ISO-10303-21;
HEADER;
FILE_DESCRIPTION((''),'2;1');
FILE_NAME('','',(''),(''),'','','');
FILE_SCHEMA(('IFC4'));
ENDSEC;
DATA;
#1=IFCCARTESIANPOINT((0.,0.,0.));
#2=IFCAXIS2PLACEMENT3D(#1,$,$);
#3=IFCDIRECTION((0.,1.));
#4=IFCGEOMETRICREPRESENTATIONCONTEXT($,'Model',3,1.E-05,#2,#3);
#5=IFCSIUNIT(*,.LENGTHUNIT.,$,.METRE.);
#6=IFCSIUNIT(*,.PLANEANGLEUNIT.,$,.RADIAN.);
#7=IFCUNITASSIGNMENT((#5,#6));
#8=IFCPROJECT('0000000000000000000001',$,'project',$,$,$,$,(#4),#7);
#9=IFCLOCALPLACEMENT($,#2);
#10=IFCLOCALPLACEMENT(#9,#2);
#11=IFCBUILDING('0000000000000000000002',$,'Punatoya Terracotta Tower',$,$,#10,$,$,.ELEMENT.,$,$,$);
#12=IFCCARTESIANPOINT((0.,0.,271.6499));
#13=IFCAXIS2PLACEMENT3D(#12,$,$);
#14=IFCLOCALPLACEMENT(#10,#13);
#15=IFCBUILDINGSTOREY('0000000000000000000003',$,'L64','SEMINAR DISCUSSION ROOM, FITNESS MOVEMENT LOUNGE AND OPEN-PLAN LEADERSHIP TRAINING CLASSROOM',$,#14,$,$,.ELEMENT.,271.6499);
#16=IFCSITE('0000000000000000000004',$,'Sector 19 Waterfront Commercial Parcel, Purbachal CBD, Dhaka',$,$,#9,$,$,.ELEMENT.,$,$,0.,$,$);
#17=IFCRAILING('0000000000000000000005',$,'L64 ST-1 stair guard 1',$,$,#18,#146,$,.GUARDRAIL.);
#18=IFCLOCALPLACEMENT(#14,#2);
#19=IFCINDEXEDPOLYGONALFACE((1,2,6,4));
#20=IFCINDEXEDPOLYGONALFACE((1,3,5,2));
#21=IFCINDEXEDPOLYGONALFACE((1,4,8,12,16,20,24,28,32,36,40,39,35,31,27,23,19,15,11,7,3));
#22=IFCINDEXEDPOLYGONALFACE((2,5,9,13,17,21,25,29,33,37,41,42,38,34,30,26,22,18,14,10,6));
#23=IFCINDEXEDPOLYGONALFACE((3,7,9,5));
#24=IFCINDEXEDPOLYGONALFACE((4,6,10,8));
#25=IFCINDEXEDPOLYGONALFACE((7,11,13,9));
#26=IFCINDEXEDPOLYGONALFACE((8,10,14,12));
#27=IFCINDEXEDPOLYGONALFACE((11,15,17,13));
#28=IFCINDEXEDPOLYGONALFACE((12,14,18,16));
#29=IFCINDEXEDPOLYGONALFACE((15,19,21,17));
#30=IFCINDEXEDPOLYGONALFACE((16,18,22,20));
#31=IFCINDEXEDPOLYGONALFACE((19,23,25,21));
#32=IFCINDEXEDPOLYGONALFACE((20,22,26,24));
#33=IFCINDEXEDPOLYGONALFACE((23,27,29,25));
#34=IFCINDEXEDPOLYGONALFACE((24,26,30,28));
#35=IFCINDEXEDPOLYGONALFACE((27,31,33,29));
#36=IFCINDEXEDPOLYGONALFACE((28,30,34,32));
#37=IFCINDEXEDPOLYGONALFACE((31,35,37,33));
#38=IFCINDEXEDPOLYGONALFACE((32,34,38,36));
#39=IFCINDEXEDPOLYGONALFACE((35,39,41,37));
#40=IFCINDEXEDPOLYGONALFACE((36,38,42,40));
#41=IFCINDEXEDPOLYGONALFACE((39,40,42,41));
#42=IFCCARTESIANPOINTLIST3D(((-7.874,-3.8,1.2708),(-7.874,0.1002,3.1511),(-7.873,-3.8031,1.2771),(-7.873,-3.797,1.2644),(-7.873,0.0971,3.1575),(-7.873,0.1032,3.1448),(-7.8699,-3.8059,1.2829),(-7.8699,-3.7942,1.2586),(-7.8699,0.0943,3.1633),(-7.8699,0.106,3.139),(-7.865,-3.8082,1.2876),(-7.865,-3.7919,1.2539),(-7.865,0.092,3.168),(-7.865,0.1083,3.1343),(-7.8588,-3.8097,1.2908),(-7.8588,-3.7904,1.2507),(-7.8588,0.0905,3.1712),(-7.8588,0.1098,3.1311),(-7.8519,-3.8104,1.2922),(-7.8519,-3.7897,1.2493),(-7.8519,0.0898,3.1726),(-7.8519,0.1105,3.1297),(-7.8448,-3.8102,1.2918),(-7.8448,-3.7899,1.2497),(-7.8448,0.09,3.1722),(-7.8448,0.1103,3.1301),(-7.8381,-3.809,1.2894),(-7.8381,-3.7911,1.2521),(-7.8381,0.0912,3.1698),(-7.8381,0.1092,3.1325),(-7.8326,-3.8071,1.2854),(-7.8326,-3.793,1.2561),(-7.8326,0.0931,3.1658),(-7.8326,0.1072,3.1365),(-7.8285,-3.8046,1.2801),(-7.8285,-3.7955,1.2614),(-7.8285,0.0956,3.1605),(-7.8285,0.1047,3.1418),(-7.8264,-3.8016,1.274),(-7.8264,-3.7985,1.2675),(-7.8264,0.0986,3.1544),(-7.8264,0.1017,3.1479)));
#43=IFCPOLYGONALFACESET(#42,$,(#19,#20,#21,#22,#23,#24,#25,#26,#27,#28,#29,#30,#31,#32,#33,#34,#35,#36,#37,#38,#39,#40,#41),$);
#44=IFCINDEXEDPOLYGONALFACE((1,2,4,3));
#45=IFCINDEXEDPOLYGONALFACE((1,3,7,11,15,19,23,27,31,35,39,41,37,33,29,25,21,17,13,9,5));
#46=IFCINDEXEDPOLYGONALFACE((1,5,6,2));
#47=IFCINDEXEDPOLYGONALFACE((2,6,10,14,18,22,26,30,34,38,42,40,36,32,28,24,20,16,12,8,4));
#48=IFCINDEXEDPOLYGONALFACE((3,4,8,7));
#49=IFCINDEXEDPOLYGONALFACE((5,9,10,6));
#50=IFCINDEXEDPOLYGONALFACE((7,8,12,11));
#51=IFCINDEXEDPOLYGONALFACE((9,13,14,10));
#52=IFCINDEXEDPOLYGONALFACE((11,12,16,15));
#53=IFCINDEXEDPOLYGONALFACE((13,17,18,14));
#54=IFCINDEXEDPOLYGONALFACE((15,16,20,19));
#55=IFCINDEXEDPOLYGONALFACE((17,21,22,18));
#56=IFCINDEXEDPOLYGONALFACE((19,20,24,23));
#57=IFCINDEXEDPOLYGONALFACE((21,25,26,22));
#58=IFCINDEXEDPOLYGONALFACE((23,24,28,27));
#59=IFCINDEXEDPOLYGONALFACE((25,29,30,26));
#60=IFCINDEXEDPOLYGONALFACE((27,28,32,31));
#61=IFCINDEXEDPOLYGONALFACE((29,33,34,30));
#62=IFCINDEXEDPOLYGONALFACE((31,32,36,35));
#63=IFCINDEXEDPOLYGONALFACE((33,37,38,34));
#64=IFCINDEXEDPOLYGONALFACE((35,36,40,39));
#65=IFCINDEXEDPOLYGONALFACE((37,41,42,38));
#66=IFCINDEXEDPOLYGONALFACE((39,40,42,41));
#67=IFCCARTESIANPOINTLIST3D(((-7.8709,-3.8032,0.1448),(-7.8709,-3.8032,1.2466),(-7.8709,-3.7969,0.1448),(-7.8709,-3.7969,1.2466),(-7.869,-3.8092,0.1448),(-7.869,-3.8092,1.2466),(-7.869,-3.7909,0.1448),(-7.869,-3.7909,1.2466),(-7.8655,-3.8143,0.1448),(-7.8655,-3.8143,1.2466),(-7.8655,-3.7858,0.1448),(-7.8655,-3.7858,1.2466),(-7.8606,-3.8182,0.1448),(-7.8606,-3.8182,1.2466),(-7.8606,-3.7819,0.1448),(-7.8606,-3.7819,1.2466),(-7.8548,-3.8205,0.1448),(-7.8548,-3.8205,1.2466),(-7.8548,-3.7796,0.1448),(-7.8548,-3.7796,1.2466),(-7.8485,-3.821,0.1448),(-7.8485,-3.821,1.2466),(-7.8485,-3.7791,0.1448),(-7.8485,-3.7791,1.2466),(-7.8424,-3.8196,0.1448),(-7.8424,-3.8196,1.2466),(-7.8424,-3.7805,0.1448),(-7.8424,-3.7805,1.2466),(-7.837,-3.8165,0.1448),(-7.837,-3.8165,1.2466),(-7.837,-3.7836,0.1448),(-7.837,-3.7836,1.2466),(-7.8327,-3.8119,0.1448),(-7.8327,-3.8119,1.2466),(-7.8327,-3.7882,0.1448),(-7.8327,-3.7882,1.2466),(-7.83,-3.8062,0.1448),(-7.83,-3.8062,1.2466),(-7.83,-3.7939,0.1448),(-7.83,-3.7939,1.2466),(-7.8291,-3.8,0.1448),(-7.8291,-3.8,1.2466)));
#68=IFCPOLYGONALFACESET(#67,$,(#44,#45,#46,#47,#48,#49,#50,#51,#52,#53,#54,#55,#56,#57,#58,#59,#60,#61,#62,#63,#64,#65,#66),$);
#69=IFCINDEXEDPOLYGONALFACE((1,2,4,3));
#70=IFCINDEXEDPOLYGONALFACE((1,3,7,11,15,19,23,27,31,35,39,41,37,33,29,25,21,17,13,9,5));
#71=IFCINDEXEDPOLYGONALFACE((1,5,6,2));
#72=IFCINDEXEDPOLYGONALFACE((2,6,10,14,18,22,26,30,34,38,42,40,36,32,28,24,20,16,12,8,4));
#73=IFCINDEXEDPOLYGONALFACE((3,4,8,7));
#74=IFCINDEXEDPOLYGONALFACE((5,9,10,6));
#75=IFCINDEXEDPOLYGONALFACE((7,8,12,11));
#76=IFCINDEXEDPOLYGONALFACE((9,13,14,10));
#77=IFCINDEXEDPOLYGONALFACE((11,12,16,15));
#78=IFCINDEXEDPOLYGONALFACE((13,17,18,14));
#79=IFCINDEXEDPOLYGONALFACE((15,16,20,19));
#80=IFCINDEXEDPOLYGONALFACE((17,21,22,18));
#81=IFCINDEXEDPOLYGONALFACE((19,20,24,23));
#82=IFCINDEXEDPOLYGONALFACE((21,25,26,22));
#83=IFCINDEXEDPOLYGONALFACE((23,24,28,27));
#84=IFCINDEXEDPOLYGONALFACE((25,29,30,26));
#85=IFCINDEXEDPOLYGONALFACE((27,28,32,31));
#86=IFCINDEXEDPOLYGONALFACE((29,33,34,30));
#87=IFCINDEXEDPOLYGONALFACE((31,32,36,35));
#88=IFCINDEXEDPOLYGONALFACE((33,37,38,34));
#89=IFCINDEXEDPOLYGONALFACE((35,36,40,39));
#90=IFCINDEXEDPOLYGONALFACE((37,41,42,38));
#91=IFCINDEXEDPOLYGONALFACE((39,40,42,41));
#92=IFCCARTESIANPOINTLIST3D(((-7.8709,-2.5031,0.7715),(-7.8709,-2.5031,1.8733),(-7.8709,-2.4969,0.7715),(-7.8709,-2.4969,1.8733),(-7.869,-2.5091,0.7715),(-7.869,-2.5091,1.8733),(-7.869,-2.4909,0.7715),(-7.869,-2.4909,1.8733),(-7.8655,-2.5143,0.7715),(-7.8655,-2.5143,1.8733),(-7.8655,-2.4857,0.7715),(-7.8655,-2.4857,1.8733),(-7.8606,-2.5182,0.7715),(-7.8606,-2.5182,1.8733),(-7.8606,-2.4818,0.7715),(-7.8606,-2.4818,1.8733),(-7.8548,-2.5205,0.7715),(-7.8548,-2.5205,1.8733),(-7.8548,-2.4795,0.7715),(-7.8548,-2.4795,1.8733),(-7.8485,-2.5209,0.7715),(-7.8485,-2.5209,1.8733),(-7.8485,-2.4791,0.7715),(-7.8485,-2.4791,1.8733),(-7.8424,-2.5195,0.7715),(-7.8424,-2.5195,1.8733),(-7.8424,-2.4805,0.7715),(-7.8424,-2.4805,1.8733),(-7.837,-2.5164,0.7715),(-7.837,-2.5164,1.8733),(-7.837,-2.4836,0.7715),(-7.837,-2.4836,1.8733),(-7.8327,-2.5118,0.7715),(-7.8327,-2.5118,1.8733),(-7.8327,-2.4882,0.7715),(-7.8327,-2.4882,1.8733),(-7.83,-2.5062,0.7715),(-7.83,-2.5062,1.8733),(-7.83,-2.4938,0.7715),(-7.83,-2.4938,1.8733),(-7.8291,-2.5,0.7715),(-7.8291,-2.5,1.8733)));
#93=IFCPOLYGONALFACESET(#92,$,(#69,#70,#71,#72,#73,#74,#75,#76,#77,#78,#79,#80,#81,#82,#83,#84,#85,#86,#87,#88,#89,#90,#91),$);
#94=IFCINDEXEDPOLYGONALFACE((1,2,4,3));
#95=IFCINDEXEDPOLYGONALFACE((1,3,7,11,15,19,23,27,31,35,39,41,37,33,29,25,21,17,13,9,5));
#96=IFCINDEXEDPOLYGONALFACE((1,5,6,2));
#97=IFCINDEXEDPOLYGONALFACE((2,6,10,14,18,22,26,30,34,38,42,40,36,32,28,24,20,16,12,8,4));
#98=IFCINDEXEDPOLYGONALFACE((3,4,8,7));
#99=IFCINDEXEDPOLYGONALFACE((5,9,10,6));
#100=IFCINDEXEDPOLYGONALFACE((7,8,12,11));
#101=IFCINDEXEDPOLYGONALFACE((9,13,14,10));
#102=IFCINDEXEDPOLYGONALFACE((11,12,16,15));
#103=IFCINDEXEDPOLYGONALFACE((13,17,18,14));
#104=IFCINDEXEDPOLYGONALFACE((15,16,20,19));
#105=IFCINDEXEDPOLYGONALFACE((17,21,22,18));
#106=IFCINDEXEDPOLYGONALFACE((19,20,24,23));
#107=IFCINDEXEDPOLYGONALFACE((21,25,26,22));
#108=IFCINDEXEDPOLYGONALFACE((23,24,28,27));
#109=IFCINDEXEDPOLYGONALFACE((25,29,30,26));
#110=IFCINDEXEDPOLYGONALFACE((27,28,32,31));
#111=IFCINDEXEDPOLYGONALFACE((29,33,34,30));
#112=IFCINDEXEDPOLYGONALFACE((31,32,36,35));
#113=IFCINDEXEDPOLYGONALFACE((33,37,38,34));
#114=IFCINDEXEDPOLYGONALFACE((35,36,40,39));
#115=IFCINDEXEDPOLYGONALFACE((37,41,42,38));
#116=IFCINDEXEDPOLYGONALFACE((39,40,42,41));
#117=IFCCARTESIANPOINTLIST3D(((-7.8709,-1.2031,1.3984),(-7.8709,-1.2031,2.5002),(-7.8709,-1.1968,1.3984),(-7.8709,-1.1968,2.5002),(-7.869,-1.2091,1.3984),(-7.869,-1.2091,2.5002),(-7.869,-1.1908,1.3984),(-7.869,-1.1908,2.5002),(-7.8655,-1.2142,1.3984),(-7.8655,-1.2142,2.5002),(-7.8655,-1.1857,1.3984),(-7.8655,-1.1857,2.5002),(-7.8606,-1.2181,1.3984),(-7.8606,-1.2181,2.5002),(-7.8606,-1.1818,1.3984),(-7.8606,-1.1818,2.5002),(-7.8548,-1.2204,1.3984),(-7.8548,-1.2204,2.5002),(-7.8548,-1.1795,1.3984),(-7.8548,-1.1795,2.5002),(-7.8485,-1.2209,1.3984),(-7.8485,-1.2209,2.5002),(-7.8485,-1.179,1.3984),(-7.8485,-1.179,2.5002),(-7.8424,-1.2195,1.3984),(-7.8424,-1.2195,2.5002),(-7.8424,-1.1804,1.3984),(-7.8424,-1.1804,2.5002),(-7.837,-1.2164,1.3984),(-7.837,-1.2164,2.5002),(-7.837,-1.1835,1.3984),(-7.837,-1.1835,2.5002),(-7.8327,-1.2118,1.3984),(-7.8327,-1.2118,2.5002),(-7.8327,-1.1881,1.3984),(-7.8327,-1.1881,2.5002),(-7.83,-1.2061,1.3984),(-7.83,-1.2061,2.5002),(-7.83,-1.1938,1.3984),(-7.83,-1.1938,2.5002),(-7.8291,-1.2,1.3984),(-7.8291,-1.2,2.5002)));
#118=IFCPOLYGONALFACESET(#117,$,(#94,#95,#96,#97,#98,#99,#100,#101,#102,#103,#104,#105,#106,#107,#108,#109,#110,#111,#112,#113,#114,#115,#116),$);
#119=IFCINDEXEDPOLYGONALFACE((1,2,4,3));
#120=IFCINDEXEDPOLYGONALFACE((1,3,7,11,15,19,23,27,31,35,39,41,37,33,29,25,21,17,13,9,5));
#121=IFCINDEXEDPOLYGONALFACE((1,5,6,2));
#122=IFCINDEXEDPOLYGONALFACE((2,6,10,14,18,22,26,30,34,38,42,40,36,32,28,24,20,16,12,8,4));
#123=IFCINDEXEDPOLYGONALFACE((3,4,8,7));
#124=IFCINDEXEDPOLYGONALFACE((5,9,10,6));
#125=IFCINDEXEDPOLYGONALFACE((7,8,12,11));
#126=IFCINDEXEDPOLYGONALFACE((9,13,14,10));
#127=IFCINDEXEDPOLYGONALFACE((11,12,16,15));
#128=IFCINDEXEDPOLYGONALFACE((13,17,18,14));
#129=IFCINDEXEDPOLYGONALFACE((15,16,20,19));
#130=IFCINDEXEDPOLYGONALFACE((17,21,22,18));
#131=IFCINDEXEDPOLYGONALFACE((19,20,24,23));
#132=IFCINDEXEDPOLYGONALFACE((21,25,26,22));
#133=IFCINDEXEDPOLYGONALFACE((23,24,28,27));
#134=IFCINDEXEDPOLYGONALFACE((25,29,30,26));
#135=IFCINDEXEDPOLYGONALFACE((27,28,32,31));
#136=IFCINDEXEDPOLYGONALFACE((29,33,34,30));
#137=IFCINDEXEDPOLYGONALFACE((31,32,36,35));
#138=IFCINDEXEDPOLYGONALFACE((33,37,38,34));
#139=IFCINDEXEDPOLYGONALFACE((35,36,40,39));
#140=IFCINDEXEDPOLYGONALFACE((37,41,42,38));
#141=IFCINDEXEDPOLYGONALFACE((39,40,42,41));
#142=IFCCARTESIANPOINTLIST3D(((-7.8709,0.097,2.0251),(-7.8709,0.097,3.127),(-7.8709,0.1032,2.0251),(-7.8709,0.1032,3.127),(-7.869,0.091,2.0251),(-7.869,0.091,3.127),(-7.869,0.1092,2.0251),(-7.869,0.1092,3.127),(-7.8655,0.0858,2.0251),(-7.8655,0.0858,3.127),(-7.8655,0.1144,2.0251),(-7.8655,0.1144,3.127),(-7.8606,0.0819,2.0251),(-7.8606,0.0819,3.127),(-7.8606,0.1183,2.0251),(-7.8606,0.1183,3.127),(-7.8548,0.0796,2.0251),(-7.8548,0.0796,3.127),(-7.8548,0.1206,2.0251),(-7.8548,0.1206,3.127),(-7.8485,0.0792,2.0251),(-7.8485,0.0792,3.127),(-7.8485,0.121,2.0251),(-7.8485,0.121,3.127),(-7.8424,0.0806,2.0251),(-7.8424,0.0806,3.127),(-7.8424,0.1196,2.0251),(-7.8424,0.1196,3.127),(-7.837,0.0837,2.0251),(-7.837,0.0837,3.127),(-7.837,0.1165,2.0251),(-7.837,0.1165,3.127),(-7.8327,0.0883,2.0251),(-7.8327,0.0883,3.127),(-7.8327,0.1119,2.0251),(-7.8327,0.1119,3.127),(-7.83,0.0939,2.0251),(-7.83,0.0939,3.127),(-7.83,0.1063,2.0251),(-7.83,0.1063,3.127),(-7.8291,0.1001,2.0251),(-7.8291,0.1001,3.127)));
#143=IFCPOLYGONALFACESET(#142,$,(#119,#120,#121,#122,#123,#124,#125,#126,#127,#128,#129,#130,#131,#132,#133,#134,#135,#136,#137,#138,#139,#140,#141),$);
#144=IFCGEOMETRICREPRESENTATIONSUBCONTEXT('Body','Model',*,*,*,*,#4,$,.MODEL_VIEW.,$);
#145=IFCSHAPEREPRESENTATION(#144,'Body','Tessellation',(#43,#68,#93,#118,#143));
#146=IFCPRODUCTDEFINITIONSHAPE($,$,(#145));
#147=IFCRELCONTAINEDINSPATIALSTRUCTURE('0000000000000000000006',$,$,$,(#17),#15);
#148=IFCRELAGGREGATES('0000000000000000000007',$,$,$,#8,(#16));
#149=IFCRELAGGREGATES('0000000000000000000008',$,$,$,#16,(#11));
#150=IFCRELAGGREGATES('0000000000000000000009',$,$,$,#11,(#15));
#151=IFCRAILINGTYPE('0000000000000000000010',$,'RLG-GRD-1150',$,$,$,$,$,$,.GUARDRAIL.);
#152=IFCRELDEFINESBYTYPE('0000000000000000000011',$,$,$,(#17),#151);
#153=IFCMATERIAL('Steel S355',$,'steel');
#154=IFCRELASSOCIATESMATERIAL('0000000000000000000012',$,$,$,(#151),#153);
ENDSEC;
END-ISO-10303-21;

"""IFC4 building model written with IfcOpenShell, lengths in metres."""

from ifc_helpers import new_model, si_unit, direction, frame, origin, origin_2d, place, context, subcontext, project, spatial, circle, extrude, material, type_object, element, save


model = new_model("IFC4")

# Units and contexts
model_context = context("Model", 3, precision=1e-05, world=origin(), true_north=direction((0.0, 1.0)))
body_context = subcontext(model_context, "Body", "Model", "MODEL_VIEW")
ifc_project = project(units=[si_unit("LENGTHUNIT", "METRE"), si_unit("PLANEANGLEUNIT", "RADIAN")], contexts=[model_context])

# Site, building, storey
site_placement = place(None, origin())
site = spatial("IfcSite", under=ifc_project, at=site_placement, Name="Sector 19 Waterfront Commercial Parcel, Purbachal CBD, Dhaka", CompositionType="ELEMENT", RefElevation=0.0)
building_placement = place(site_placement, origin())
building = spatial("IfcBuilding", under=site, at=building_placement, Name="Punatoya Terracotta Tower", CompositionType="ELEMENT")
storey_placement = place(building_placement, frame((0.0, 0.0, 271.6499)))
storey = spatial("IfcBuildingStorey", under=building, at=storey_placement, Name="L64", Description="SEMINAR DISCUSSION ROOM, FITNESS MOVEMENT LOUNGE AND OPEN-PLAN LEADERSHIP TRAINING CLASSROOM", CompositionType="ELEMENT", Elevation=271.6499)

# Railing
ifc_material_1 = material(Name="Steel S355", Category="steel")
railing_type_1 = type_object("IfcRailingType", Name="RLG-GRD-1150", PredefinedType="GUARDRAIL", material=ifc_material_1)
railing_1_placement = place(storey_placement, frame((-7.8501, -3.8, 0.1448)))
element("IfcRailing", 1, at=railing_1_placement, inside=storey, type_object=railing_type_1, Name="L64 ST-1 stair guard 1", PredefinedType="GUARDRAIL", context=body_context, shape_type="SweptSolid", body=[
    extrude(circle(Radius=0.0239, at=origin_2d()), frame((0.0, 0.0, 1.126), z_axis=(0.0, 0.900774, 0.434289), x_axis=(-1.0, 0.0, 0.0)), (0.0, 0.0, 1.0), 4.3298),
    extrude(circle(Radius=0.021, at=origin_2d()), origin(), (0.0, 0.0, 1.0), 1.1018),
    extrude(circle(Radius=0.021, at=origin_2d()), frame((0.0, 1.3, 0.6267)), (0.0, 0.0, 1.0), 1.1018),
    extrude(circle(Radius=0.021, at=origin_2d()), frame((0.0, 2.6001, 1.2537)), (0.0, 0.0, 1.0), 1.1018),
    extrude(circle(Radius=0.021, at=origin_2d()), frame((0.0, 3.9001, 1.8804)), (0.0, 0.0, 1.0), 1.1018),
])

save(model, "model.ifc")
